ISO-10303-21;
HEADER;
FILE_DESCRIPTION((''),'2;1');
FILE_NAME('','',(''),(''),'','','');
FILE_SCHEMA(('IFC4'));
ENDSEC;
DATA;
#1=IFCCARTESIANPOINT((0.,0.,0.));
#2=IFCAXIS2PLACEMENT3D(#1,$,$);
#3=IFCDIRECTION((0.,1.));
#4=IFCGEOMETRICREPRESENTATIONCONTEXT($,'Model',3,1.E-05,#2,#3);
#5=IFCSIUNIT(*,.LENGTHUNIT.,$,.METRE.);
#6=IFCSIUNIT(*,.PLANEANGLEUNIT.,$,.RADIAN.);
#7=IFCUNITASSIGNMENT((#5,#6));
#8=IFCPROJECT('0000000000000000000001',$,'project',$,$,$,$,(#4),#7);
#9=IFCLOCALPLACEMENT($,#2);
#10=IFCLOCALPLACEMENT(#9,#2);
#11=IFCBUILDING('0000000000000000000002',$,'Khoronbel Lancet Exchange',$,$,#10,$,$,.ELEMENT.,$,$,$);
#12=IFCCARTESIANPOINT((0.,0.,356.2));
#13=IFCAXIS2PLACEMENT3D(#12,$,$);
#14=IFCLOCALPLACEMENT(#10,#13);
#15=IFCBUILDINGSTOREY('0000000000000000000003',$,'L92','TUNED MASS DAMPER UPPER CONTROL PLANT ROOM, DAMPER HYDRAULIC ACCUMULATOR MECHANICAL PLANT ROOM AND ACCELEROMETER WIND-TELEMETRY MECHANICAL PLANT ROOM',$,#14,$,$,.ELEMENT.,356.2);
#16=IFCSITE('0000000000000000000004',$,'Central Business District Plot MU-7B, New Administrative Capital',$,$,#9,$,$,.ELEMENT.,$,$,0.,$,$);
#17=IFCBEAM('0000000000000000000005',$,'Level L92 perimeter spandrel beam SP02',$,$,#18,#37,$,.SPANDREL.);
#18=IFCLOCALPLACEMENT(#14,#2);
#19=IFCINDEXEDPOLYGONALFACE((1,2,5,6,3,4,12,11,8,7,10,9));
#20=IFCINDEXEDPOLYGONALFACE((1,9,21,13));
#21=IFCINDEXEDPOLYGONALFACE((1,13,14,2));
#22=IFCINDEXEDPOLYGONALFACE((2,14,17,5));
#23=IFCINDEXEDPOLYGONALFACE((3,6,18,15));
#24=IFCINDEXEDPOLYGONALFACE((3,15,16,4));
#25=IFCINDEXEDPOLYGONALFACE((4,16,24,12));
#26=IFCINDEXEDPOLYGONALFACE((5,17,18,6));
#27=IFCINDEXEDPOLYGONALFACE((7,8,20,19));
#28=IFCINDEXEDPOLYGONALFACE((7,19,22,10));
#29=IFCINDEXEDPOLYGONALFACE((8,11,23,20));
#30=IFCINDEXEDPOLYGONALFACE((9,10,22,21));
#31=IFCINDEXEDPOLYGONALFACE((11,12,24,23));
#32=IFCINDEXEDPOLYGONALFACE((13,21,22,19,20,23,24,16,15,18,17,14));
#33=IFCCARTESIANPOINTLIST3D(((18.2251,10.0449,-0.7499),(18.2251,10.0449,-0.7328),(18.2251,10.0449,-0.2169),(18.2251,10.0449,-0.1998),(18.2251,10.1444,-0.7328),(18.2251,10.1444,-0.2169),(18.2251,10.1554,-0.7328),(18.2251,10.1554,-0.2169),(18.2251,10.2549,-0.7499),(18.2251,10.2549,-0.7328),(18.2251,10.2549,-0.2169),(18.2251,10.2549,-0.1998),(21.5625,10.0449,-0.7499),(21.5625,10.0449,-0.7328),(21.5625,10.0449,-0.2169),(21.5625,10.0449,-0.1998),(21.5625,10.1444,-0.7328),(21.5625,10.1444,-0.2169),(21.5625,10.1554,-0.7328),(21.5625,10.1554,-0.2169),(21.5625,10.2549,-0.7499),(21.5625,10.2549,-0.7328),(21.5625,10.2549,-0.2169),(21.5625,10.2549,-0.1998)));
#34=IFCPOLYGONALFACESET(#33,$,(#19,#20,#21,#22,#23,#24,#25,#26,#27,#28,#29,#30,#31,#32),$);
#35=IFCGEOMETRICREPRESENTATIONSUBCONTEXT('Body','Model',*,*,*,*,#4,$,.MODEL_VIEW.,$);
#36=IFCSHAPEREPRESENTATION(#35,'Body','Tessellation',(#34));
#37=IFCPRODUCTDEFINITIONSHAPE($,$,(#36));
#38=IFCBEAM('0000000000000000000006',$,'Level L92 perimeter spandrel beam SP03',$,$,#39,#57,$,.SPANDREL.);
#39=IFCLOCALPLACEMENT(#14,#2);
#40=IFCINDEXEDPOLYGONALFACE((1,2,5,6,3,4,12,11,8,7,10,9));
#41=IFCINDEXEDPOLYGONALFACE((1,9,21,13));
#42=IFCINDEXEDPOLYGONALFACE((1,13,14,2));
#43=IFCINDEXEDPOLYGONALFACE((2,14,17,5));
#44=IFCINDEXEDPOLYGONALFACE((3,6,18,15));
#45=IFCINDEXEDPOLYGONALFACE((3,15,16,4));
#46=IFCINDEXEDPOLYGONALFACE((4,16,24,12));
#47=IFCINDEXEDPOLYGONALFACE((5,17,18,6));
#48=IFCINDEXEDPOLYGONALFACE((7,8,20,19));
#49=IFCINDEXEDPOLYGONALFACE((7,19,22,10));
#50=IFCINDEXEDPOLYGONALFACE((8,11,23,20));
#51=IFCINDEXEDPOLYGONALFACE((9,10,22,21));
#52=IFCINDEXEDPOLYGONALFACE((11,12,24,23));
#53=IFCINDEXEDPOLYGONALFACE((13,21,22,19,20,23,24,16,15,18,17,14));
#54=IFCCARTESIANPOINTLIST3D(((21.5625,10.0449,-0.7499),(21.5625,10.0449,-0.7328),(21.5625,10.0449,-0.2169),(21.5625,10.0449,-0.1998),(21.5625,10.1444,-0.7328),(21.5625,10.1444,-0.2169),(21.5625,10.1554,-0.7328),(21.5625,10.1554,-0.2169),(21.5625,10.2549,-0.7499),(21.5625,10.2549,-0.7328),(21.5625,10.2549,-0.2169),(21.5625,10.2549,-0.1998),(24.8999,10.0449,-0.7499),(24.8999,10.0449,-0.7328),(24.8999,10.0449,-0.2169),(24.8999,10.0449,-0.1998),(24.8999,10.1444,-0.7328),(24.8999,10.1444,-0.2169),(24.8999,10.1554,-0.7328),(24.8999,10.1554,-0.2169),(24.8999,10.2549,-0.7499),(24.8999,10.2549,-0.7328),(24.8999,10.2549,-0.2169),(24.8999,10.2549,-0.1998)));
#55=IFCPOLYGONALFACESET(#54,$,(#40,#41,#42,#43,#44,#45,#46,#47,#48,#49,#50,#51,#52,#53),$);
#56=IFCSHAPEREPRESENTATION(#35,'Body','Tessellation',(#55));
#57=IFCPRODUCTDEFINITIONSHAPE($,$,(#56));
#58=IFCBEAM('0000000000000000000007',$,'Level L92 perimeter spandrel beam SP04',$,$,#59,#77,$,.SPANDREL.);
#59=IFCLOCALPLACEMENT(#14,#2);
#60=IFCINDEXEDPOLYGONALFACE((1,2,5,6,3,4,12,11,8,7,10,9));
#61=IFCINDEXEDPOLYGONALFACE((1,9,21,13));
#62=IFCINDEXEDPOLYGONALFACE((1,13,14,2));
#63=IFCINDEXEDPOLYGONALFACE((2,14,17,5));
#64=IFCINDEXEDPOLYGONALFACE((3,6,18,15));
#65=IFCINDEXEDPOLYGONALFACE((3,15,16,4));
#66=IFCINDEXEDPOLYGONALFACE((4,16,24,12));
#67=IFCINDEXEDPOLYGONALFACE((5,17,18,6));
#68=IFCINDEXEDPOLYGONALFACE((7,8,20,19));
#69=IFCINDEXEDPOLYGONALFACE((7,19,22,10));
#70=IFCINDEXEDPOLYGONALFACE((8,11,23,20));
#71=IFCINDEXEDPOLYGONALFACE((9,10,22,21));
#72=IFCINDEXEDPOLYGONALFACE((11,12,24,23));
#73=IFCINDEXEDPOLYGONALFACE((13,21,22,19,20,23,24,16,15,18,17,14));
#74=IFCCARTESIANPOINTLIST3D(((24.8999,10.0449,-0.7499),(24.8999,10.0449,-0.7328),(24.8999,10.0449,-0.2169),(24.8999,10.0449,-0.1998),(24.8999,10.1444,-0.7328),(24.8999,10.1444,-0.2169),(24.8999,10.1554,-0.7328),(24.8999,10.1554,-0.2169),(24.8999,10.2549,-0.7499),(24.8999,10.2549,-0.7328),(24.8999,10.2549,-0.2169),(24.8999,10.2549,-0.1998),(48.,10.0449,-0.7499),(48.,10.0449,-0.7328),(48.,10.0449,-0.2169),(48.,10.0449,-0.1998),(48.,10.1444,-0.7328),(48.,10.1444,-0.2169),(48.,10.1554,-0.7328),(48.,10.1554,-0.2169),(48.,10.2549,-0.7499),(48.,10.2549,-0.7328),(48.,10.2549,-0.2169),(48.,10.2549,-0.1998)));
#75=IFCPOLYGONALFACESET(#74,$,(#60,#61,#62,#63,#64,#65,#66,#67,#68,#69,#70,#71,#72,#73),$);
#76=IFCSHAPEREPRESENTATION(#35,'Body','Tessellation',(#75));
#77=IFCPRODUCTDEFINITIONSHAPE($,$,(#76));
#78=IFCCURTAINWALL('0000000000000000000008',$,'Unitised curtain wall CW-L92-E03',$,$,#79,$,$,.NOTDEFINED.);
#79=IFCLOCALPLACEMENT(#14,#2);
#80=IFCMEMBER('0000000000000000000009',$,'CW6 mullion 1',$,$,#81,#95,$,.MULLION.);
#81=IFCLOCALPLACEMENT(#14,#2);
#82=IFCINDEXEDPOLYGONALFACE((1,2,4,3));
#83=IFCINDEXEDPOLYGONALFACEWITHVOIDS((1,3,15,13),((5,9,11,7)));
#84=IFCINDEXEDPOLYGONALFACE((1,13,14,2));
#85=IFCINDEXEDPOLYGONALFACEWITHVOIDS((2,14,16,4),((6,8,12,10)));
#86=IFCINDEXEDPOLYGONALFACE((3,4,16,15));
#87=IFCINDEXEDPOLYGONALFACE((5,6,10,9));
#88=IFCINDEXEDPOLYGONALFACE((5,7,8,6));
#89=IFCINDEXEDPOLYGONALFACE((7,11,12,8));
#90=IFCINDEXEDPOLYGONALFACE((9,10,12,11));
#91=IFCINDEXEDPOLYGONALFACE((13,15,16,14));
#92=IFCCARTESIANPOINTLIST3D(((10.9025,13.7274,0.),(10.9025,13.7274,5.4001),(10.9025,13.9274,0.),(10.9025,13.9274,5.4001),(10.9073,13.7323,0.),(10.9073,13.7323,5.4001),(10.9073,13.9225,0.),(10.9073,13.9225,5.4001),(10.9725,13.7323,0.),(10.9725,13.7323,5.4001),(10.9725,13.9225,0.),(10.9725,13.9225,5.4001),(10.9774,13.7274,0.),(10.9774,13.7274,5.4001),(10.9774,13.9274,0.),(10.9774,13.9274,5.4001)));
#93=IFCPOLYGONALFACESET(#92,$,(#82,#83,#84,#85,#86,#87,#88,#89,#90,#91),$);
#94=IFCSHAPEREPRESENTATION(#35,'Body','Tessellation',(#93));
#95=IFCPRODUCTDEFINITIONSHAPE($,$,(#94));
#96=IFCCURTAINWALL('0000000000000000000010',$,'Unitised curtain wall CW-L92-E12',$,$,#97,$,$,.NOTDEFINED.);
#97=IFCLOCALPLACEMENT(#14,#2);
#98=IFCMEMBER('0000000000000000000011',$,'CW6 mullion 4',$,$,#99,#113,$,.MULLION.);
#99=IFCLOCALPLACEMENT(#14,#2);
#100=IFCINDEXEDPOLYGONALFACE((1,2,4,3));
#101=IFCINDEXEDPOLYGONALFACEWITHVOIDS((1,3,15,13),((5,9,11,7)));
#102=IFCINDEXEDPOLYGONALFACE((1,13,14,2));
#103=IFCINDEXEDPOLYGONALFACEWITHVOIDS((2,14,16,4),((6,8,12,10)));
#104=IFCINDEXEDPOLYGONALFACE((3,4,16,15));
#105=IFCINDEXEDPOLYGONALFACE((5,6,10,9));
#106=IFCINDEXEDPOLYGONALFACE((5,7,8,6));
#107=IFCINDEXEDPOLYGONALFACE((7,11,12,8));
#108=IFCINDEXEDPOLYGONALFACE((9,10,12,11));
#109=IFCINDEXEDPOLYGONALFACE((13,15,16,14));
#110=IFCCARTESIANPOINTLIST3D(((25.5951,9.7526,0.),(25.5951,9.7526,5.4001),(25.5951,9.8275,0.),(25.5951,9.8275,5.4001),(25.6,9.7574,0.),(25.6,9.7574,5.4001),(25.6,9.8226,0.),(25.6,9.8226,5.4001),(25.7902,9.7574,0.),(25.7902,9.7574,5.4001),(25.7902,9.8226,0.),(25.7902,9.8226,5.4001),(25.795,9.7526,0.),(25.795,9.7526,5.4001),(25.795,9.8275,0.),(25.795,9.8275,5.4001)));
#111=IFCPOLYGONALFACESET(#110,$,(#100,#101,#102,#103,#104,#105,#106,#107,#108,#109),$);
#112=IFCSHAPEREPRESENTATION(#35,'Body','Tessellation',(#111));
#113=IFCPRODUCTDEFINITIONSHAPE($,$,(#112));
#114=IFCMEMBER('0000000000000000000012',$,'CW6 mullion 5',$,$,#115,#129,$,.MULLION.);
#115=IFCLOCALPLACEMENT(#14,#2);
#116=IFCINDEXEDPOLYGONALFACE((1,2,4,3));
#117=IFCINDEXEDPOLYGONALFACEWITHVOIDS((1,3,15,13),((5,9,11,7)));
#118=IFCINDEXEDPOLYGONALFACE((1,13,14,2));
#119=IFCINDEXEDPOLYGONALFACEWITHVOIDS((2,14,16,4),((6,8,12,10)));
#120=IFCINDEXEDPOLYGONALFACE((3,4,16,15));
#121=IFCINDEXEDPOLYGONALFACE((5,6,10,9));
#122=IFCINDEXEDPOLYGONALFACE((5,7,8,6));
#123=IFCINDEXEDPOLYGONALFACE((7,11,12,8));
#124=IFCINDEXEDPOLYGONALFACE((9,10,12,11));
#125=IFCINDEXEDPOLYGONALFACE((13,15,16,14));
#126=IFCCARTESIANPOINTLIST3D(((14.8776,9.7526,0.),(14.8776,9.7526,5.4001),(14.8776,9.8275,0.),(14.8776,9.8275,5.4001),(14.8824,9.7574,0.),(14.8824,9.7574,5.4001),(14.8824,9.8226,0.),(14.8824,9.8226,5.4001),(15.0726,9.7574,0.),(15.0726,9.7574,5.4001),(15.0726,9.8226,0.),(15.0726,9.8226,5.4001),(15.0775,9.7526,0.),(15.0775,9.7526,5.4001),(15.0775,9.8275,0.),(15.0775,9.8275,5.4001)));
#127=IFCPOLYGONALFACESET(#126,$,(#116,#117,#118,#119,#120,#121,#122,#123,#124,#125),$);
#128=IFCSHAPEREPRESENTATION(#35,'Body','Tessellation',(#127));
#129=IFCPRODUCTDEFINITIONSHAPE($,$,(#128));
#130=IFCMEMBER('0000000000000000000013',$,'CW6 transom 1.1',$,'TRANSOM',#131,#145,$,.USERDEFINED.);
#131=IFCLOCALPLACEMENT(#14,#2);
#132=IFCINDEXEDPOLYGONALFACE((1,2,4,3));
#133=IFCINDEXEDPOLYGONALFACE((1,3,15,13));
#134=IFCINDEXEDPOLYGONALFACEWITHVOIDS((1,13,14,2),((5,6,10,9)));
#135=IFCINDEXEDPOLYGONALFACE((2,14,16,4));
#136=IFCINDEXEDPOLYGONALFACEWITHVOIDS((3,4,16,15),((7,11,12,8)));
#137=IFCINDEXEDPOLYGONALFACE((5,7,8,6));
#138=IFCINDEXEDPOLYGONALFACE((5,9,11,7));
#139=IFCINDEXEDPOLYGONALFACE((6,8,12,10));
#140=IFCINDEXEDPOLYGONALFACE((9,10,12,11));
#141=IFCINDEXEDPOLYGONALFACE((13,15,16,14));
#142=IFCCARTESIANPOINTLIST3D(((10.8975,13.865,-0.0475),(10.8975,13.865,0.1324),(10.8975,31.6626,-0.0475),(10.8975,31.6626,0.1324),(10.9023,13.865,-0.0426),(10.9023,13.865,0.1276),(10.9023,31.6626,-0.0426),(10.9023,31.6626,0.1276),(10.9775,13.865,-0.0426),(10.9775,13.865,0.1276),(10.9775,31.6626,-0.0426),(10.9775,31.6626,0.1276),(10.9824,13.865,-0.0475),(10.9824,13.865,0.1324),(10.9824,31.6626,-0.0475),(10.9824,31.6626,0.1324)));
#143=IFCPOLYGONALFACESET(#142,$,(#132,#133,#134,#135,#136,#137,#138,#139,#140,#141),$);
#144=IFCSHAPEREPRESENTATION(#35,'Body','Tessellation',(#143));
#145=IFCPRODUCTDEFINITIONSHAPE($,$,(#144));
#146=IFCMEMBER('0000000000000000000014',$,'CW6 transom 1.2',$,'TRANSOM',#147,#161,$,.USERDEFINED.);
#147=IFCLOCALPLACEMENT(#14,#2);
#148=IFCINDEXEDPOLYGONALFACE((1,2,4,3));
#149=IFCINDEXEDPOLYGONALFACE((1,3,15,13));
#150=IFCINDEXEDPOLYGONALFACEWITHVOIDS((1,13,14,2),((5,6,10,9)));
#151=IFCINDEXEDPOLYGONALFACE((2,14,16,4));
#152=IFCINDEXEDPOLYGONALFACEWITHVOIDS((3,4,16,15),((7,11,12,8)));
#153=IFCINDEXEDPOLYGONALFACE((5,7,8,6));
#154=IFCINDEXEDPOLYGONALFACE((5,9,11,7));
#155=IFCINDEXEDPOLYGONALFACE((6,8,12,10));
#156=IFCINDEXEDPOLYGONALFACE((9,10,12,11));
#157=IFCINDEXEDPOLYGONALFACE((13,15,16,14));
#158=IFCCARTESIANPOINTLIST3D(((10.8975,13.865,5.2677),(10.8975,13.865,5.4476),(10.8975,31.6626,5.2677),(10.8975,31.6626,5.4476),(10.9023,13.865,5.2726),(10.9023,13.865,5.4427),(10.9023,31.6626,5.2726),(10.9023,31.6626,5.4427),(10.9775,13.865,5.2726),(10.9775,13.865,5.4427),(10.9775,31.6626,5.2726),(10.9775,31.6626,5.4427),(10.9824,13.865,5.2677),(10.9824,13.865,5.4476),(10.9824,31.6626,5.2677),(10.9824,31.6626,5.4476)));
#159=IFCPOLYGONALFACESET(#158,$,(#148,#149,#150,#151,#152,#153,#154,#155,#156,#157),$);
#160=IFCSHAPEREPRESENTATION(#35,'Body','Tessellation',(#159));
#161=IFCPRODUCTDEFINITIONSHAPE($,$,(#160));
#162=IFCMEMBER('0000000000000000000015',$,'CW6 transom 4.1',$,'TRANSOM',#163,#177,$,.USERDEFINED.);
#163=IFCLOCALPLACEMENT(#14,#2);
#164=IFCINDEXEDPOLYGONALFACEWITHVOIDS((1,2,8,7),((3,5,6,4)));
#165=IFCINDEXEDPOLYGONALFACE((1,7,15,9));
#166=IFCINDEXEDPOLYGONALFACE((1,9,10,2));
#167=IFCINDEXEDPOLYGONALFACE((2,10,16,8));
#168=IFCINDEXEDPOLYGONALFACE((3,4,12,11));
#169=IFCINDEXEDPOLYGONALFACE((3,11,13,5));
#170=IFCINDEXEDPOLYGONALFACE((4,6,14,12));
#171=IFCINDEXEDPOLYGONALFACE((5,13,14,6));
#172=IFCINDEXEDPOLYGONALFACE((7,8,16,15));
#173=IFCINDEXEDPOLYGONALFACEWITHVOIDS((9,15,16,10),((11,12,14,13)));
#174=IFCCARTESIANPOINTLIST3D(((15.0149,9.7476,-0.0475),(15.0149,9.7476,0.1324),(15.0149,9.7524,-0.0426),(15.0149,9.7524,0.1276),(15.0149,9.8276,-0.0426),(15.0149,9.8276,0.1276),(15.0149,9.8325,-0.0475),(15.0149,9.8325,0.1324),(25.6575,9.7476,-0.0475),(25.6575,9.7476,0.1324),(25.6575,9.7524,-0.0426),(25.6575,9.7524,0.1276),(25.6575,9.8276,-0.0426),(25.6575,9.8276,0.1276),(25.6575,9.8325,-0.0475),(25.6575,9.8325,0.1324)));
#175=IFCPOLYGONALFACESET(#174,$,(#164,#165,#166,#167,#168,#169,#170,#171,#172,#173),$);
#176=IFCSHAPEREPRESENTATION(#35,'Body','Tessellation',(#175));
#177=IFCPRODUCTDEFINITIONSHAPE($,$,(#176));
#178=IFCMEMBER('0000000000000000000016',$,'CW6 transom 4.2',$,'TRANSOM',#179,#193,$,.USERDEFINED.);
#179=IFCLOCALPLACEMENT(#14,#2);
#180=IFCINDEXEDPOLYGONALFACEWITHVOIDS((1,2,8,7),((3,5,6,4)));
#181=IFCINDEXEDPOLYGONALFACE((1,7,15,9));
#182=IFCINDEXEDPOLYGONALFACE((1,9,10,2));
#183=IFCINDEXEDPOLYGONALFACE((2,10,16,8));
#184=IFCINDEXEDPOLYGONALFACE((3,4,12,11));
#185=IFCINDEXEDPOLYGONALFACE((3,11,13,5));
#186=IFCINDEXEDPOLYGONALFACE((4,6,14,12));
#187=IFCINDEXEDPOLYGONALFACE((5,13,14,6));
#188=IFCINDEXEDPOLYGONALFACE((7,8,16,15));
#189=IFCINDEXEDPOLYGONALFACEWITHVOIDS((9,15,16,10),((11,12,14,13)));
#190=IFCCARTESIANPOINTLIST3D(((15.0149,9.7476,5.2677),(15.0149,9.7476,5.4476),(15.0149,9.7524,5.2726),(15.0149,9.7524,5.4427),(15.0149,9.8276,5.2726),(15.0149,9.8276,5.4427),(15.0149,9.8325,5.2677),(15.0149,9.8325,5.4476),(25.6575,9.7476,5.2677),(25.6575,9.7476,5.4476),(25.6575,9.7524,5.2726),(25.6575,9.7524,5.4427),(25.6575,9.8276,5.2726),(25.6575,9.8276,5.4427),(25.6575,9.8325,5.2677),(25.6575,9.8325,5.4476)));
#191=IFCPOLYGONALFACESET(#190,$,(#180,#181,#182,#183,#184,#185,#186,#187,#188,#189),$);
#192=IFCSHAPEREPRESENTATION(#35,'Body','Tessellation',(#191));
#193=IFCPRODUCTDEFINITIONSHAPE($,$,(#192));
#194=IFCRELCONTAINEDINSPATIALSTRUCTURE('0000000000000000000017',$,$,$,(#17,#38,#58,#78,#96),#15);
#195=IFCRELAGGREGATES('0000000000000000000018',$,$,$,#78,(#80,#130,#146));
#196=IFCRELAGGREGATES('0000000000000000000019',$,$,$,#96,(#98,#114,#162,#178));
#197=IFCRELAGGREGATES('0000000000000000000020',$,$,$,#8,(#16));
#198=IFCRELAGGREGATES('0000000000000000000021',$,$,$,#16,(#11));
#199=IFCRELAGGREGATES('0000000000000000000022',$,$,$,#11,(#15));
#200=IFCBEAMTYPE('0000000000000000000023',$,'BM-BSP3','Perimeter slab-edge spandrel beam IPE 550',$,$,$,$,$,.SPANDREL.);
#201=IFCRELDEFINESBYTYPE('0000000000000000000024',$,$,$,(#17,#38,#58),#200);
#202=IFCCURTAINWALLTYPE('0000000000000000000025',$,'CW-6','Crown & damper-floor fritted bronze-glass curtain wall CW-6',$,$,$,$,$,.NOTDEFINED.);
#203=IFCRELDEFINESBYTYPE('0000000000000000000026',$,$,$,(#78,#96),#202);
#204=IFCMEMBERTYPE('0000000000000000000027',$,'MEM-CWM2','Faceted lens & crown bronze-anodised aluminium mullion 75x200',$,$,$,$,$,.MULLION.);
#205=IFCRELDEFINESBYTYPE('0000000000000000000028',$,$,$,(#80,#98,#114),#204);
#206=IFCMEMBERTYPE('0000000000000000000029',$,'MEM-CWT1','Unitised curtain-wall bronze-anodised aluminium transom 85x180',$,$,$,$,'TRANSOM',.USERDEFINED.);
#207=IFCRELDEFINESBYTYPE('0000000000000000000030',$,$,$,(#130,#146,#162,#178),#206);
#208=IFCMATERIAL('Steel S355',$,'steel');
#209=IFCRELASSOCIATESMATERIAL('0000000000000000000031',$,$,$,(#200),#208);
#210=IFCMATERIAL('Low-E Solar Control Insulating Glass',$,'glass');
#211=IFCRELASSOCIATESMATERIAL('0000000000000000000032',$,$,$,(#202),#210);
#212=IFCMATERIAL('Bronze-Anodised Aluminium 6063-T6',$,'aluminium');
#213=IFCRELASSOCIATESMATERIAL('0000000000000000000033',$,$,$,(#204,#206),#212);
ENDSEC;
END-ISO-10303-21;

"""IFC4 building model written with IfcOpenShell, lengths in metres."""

from ifc_helpers import new_model, si_unit, direction, frame, origin, origin_2d, place, context, subcontext, project, spatial, hollow_rectangle, i_section, extrude, material, material_profile, profile_set, type_object, element, aggregate, save


model = new_model("IFC4")

# Units and contexts
model_context = context("Model", 3, precision=1e-05, world=origin(), true_north=direction((0.0, 1.0)))
body_context = subcontext(model_context, "Body", "Model", "MODEL_VIEW")
ifc_project = project(units=[si_unit("LENGTHUNIT", "METRE"), si_unit("PLANEANGLEUNIT", "RADIAN")], contexts=[model_context])

# Site, building, storey
site_placement = place(None, origin())
site = spatial("IfcSite", under=ifc_project, at=site_placement, Name="Central Business District Plot MU-7B, New Administrative Capital", CompositionType="ELEMENT", RefElevation=0.0)
building_placement = place(site_placement, origin())
building = spatial("IfcBuilding", under=site, at=building_placement, Name="Khoronbel Lancet Exchange", CompositionType="ELEMENT")
storey_placement = place(building_placement, frame((0.0, 0.0, 356.2)))
storey = spatial("IfcBuildingStorey", under=building, at=storey_placement, Name="L92", Description="TUNED MASS DAMPER UPPER CONTROL PLANT ROOM, DAMPER HYDRAULIC ACCUMULATOR MECHANICAL PLANT ROOM AND ACCELEROMETER WIND-TELEMETRY MECHANICAL PLANT ROOM", CompositionType="ELEMENT", Elevation=356.2)

# Beams
ifc_material_1 = material(Name="Steel S355", Category="steel")
ifc_material_profile_1 = material_profile(ifc_material_1, i_section(OverallWidth=0.21, OverallDepth=0.55, WebThickness=0.011, FlangeThickness=0.0171, at=origin_2d()), Name="IPE 550")
ifc_profile_set_1 = profile_set([ifc_material_profile_1], Name="Steel S355")
beam_type_1 = type_object("IfcBeamType", Name="BM-BSP3", Description="Perimeter slab-edge spandrel beam IPE 550", PredefinedType="SPANDREL", material=ifc_profile_set_1)
for number, where, z_axis, x_axis, name in (
    (1, (18.2251, 10.1499, -0.4749), (1.0, 0.0, 0.0), (0.0, 1.0, 0.0), "Level L92 perimeter spandrel beam SP02"),
    (2, (21.5625, 10.1499, -0.4749), (1.0, 0.0, 0.0), (0.0, 1.0, 0.0), "Level L92 perimeter spandrel beam SP03"),
):
    element("IfcBeam", number, at=place(storey_placement, frame(where, z_axis=z_axis, x_axis=x_axis)), inside=storey, type_object=beam_type_1, Name=name, PredefinedType="SPANDREL", context=body_context, shape_type="SweptSolid", body=[
        extrude(i_section(OverallWidth=0.21, OverallDepth=0.55, WebThickness=0.011, FlangeThickness=0.0171, at=origin_2d()), origin(), (0.0, 0.0, 1.0), 3.3374),
    ])
beam_1_placement = place(storey_placement, frame((24.8999, 10.1499, -0.4749), z_axis=(1.0, 0.0, 0.0), x_axis=(0.0, 1.0, 0.0)))
element("IfcBeam", 3, at=beam_1_placement, inside=storey, type_object=beam_type_1, Name="Level L92 perimeter spandrel beam SP04", PredefinedType="SPANDREL", context=body_context, shape_type="SweptSolid", body=[
    extrude(i_section(OverallWidth=0.21, OverallDepth=0.55, WebThickness=0.011, FlangeThickness=0.0171, at=origin_2d()), origin(), (0.0, 0.0, 1.0), 23.1001),
])

# Curtain wall, member
ifc_material_2 = material(Name="Low-E Solar Control Insulating Glass", Category="glass")
curtain_wall_type = type_object("IfcCurtainWallType", Name="CW-6", Description="Crown & damper-floor fritted bronze-glass curtain wall CW-6", PredefinedType="NOTDEFINED", material=ifc_material_2)
curtain_wall_1_placement = place(storey_placement, origin())
curtain_wall_1 = element("IfcCurtainWall", 4, at=curtain_wall_1_placement, inside=storey, type_object=curtain_wall_type, Name="Unitised curtain wall CW-L92-E03", PredefinedType="NOTDEFINED")
ifc_material_3 = material(Name="Bronze-Anodised Aluminium 6063-T6", Category="aluminium")
ifc_material_profile_2 = material_profile(ifc_material_3, hollow_rectangle(XDim=0.075, YDim=0.2, WallThickness=0.0049, at=origin_2d()), Name="ALU MULLION 75x200")
ifc_profile_set_2 = profile_set([ifc_material_profile_2], Name="Bronze-Anodised Aluminium 6063-T6")
member_type_1 = type_object("IfcMemberType", Name="MEM-CWM2", Description="Faceted lens & crown bronze-anodised aluminium mullion 75x200", PredefinedType="MULLION", material=ifc_profile_set_2)
member_1_placement = place(storey_placement, frame((10.9399, 13.8274, 0.0), z_axis=(0.0, 0.0, 1.0), x_axis=(-1.0, 0.0, 0.0)))
member_1 = element("IfcMember", 5, at=member_1_placement, type_object=member_type_1, Name="CW6 mullion 1", PredefinedType="MULLION", context=body_context, shape_type="SweptSolid", body=[
    extrude(hollow_rectangle(XDim=0.075, YDim=0.2, WallThickness=0.0049, at=origin_2d()), origin(), (0.0, 0.0, 1.0), 5.4001),
])

# Curtain wall, members
curtain_wall_2_placement = place(storey_placement, origin())
curtain_wall_2 = element("IfcCurtainWall", 6, at=curtain_wall_2_placement, inside=storey, type_object=curtain_wall_type, Name="Unitised curtain wall CW-L92-E12", PredefinedType="NOTDEFINED")
member_2_placement = place(storey_placement, frame((25.6951, 9.79, 0.0), z_axis=(0.0, 0.0, 1.0), x_axis=(0.0, -1.0, 0.0)))
member_2 = element("IfcMember", 7, at=member_2_placement, type_object=member_type_1, Name="CW6 mullion 4", PredefinedType="MULLION", context=body_context, shape_type="SweptSolid", body=[
    extrude(hollow_rectangle(XDim=0.075, YDim=0.2, WallThickness=0.0049, at=origin_2d()), origin(), (0.0, 0.0, 1.0), 5.4001),
])
member_3_placement = place(storey_placement, frame((14.9775, 9.79, 0.0), z_axis=(0.0, 0.0, 1.0), x_axis=(0.0, -1.0, 0.0)))
member_3 = element("IfcMember", 8, at=member_3_placement, type_object=member_type_1, Name="CW6 mullion 5", PredefinedType="MULLION", context=body_context, shape_type="SweptSolid", body=[
    extrude(hollow_rectangle(XDim=0.075, YDim=0.2, WallThickness=0.0049, at=origin_2d()), origin(), (0.0, 0.0, 1.0), 5.4001),
])

# Members
ifc_material_profile_3 = material_profile(ifc_material_3, hollow_rectangle(XDim=0.085, YDim=0.1799, WallThickness=0.0049, at=origin_2d()), Name="ALU TRANSOM 85x180")
ifc_profile_set_3 = profile_set([ifc_material_profile_3], Name="Bronze-Anodised Aluminium 6063-T6")
member_type_2 = type_object("IfcMemberType", Name="MEM-CWT1", Description="Unitised curtain-wall bronze-anodised aluminium transom 85x180", ElementType="TRANSOM", PredefinedType="USERDEFINED", material=ifc_profile_set_3)
member_4_placement = place(storey_placement, frame((10.9399, 13.865, 0.0425), z_axis=(0.0, 1.0, 0.0), x_axis=(-1.0, 0.0, 0.0)))
member_4 = element("IfcMember", 9, at=member_4_placement, type_object=member_type_2, Name="CW6 transom 1.1", ObjectType="TRANSOM", PredefinedType="USERDEFINED", context=body_context, shape_type="SweptSolid", body=[
    extrude(hollow_rectangle(XDim=0.085, YDim=0.1799, WallThickness=0.0049, at=origin_2d()), origin(), (0.0, 0.0, 1.0), 17.7976),
])
member_5_placement = place(storey_placement, frame((10.9399, 13.865, 5.3577), z_axis=(0.0, 1.0, 0.0), x_axis=(-1.0, 0.0, 0.0)))
member_5 = element("IfcMember", 10, at=member_5_placement, type_object=member_type_2, Name="CW6 transom 1.2", ObjectType="TRANSOM", PredefinedType="USERDEFINED", context=body_context, shape_type="SweptSolid", body=[
    extrude(hollow_rectangle(XDim=0.085, YDim=0.1799, WallThickness=0.0049, at=origin_2d()), origin(), (0.0, 0.0, 1.0), 17.7976),
])
aggregate(curtain_wall_1, [member_1, member_4, member_5])
member_6_placement = place(storey_placement, frame((25.6575, 9.79, 0.0425), z_axis=(-1.0, 0.0, 0.0), x_axis=(0.0, -1.0, 0.0)))
member_6 = element("IfcMember", 11, at=member_6_placement, type_object=member_type_2, Name="CW6 transom 4.1", ObjectType="TRANSOM", PredefinedType="USERDEFINED", context=body_context, shape_type="SweptSolid", body=[
    extrude(hollow_rectangle(XDim=0.085, YDim=0.1799, WallThickness=0.0049, at=origin_2d()), origin(), (0.0, 0.0, 1.0), 10.6426),
])
member_7_placement = place(storey_placement, frame((25.6575, 9.79, 5.3577), z_axis=(-1.0, 0.0, 0.0), x_axis=(0.0, -1.0, 0.0)))
member_7 = element("IfcMember", 12, at=member_7_placement, type_object=member_type_2, Name="CW6 transom 4.2", ObjectType="TRANSOM", PredefinedType="USERDEFINED", context=body_context, shape_type="SweptSolid", body=[
    extrude(hollow_rectangle(XDim=0.085, YDim=0.1799, WallThickness=0.0049, at=origin_2d()), origin(), (0.0, 0.0, 1.0), 10.6426),
])

aggregate(curtain_wall_2, [member_2, member_3, member_6, member_7])

save(model, "model.ifc")
